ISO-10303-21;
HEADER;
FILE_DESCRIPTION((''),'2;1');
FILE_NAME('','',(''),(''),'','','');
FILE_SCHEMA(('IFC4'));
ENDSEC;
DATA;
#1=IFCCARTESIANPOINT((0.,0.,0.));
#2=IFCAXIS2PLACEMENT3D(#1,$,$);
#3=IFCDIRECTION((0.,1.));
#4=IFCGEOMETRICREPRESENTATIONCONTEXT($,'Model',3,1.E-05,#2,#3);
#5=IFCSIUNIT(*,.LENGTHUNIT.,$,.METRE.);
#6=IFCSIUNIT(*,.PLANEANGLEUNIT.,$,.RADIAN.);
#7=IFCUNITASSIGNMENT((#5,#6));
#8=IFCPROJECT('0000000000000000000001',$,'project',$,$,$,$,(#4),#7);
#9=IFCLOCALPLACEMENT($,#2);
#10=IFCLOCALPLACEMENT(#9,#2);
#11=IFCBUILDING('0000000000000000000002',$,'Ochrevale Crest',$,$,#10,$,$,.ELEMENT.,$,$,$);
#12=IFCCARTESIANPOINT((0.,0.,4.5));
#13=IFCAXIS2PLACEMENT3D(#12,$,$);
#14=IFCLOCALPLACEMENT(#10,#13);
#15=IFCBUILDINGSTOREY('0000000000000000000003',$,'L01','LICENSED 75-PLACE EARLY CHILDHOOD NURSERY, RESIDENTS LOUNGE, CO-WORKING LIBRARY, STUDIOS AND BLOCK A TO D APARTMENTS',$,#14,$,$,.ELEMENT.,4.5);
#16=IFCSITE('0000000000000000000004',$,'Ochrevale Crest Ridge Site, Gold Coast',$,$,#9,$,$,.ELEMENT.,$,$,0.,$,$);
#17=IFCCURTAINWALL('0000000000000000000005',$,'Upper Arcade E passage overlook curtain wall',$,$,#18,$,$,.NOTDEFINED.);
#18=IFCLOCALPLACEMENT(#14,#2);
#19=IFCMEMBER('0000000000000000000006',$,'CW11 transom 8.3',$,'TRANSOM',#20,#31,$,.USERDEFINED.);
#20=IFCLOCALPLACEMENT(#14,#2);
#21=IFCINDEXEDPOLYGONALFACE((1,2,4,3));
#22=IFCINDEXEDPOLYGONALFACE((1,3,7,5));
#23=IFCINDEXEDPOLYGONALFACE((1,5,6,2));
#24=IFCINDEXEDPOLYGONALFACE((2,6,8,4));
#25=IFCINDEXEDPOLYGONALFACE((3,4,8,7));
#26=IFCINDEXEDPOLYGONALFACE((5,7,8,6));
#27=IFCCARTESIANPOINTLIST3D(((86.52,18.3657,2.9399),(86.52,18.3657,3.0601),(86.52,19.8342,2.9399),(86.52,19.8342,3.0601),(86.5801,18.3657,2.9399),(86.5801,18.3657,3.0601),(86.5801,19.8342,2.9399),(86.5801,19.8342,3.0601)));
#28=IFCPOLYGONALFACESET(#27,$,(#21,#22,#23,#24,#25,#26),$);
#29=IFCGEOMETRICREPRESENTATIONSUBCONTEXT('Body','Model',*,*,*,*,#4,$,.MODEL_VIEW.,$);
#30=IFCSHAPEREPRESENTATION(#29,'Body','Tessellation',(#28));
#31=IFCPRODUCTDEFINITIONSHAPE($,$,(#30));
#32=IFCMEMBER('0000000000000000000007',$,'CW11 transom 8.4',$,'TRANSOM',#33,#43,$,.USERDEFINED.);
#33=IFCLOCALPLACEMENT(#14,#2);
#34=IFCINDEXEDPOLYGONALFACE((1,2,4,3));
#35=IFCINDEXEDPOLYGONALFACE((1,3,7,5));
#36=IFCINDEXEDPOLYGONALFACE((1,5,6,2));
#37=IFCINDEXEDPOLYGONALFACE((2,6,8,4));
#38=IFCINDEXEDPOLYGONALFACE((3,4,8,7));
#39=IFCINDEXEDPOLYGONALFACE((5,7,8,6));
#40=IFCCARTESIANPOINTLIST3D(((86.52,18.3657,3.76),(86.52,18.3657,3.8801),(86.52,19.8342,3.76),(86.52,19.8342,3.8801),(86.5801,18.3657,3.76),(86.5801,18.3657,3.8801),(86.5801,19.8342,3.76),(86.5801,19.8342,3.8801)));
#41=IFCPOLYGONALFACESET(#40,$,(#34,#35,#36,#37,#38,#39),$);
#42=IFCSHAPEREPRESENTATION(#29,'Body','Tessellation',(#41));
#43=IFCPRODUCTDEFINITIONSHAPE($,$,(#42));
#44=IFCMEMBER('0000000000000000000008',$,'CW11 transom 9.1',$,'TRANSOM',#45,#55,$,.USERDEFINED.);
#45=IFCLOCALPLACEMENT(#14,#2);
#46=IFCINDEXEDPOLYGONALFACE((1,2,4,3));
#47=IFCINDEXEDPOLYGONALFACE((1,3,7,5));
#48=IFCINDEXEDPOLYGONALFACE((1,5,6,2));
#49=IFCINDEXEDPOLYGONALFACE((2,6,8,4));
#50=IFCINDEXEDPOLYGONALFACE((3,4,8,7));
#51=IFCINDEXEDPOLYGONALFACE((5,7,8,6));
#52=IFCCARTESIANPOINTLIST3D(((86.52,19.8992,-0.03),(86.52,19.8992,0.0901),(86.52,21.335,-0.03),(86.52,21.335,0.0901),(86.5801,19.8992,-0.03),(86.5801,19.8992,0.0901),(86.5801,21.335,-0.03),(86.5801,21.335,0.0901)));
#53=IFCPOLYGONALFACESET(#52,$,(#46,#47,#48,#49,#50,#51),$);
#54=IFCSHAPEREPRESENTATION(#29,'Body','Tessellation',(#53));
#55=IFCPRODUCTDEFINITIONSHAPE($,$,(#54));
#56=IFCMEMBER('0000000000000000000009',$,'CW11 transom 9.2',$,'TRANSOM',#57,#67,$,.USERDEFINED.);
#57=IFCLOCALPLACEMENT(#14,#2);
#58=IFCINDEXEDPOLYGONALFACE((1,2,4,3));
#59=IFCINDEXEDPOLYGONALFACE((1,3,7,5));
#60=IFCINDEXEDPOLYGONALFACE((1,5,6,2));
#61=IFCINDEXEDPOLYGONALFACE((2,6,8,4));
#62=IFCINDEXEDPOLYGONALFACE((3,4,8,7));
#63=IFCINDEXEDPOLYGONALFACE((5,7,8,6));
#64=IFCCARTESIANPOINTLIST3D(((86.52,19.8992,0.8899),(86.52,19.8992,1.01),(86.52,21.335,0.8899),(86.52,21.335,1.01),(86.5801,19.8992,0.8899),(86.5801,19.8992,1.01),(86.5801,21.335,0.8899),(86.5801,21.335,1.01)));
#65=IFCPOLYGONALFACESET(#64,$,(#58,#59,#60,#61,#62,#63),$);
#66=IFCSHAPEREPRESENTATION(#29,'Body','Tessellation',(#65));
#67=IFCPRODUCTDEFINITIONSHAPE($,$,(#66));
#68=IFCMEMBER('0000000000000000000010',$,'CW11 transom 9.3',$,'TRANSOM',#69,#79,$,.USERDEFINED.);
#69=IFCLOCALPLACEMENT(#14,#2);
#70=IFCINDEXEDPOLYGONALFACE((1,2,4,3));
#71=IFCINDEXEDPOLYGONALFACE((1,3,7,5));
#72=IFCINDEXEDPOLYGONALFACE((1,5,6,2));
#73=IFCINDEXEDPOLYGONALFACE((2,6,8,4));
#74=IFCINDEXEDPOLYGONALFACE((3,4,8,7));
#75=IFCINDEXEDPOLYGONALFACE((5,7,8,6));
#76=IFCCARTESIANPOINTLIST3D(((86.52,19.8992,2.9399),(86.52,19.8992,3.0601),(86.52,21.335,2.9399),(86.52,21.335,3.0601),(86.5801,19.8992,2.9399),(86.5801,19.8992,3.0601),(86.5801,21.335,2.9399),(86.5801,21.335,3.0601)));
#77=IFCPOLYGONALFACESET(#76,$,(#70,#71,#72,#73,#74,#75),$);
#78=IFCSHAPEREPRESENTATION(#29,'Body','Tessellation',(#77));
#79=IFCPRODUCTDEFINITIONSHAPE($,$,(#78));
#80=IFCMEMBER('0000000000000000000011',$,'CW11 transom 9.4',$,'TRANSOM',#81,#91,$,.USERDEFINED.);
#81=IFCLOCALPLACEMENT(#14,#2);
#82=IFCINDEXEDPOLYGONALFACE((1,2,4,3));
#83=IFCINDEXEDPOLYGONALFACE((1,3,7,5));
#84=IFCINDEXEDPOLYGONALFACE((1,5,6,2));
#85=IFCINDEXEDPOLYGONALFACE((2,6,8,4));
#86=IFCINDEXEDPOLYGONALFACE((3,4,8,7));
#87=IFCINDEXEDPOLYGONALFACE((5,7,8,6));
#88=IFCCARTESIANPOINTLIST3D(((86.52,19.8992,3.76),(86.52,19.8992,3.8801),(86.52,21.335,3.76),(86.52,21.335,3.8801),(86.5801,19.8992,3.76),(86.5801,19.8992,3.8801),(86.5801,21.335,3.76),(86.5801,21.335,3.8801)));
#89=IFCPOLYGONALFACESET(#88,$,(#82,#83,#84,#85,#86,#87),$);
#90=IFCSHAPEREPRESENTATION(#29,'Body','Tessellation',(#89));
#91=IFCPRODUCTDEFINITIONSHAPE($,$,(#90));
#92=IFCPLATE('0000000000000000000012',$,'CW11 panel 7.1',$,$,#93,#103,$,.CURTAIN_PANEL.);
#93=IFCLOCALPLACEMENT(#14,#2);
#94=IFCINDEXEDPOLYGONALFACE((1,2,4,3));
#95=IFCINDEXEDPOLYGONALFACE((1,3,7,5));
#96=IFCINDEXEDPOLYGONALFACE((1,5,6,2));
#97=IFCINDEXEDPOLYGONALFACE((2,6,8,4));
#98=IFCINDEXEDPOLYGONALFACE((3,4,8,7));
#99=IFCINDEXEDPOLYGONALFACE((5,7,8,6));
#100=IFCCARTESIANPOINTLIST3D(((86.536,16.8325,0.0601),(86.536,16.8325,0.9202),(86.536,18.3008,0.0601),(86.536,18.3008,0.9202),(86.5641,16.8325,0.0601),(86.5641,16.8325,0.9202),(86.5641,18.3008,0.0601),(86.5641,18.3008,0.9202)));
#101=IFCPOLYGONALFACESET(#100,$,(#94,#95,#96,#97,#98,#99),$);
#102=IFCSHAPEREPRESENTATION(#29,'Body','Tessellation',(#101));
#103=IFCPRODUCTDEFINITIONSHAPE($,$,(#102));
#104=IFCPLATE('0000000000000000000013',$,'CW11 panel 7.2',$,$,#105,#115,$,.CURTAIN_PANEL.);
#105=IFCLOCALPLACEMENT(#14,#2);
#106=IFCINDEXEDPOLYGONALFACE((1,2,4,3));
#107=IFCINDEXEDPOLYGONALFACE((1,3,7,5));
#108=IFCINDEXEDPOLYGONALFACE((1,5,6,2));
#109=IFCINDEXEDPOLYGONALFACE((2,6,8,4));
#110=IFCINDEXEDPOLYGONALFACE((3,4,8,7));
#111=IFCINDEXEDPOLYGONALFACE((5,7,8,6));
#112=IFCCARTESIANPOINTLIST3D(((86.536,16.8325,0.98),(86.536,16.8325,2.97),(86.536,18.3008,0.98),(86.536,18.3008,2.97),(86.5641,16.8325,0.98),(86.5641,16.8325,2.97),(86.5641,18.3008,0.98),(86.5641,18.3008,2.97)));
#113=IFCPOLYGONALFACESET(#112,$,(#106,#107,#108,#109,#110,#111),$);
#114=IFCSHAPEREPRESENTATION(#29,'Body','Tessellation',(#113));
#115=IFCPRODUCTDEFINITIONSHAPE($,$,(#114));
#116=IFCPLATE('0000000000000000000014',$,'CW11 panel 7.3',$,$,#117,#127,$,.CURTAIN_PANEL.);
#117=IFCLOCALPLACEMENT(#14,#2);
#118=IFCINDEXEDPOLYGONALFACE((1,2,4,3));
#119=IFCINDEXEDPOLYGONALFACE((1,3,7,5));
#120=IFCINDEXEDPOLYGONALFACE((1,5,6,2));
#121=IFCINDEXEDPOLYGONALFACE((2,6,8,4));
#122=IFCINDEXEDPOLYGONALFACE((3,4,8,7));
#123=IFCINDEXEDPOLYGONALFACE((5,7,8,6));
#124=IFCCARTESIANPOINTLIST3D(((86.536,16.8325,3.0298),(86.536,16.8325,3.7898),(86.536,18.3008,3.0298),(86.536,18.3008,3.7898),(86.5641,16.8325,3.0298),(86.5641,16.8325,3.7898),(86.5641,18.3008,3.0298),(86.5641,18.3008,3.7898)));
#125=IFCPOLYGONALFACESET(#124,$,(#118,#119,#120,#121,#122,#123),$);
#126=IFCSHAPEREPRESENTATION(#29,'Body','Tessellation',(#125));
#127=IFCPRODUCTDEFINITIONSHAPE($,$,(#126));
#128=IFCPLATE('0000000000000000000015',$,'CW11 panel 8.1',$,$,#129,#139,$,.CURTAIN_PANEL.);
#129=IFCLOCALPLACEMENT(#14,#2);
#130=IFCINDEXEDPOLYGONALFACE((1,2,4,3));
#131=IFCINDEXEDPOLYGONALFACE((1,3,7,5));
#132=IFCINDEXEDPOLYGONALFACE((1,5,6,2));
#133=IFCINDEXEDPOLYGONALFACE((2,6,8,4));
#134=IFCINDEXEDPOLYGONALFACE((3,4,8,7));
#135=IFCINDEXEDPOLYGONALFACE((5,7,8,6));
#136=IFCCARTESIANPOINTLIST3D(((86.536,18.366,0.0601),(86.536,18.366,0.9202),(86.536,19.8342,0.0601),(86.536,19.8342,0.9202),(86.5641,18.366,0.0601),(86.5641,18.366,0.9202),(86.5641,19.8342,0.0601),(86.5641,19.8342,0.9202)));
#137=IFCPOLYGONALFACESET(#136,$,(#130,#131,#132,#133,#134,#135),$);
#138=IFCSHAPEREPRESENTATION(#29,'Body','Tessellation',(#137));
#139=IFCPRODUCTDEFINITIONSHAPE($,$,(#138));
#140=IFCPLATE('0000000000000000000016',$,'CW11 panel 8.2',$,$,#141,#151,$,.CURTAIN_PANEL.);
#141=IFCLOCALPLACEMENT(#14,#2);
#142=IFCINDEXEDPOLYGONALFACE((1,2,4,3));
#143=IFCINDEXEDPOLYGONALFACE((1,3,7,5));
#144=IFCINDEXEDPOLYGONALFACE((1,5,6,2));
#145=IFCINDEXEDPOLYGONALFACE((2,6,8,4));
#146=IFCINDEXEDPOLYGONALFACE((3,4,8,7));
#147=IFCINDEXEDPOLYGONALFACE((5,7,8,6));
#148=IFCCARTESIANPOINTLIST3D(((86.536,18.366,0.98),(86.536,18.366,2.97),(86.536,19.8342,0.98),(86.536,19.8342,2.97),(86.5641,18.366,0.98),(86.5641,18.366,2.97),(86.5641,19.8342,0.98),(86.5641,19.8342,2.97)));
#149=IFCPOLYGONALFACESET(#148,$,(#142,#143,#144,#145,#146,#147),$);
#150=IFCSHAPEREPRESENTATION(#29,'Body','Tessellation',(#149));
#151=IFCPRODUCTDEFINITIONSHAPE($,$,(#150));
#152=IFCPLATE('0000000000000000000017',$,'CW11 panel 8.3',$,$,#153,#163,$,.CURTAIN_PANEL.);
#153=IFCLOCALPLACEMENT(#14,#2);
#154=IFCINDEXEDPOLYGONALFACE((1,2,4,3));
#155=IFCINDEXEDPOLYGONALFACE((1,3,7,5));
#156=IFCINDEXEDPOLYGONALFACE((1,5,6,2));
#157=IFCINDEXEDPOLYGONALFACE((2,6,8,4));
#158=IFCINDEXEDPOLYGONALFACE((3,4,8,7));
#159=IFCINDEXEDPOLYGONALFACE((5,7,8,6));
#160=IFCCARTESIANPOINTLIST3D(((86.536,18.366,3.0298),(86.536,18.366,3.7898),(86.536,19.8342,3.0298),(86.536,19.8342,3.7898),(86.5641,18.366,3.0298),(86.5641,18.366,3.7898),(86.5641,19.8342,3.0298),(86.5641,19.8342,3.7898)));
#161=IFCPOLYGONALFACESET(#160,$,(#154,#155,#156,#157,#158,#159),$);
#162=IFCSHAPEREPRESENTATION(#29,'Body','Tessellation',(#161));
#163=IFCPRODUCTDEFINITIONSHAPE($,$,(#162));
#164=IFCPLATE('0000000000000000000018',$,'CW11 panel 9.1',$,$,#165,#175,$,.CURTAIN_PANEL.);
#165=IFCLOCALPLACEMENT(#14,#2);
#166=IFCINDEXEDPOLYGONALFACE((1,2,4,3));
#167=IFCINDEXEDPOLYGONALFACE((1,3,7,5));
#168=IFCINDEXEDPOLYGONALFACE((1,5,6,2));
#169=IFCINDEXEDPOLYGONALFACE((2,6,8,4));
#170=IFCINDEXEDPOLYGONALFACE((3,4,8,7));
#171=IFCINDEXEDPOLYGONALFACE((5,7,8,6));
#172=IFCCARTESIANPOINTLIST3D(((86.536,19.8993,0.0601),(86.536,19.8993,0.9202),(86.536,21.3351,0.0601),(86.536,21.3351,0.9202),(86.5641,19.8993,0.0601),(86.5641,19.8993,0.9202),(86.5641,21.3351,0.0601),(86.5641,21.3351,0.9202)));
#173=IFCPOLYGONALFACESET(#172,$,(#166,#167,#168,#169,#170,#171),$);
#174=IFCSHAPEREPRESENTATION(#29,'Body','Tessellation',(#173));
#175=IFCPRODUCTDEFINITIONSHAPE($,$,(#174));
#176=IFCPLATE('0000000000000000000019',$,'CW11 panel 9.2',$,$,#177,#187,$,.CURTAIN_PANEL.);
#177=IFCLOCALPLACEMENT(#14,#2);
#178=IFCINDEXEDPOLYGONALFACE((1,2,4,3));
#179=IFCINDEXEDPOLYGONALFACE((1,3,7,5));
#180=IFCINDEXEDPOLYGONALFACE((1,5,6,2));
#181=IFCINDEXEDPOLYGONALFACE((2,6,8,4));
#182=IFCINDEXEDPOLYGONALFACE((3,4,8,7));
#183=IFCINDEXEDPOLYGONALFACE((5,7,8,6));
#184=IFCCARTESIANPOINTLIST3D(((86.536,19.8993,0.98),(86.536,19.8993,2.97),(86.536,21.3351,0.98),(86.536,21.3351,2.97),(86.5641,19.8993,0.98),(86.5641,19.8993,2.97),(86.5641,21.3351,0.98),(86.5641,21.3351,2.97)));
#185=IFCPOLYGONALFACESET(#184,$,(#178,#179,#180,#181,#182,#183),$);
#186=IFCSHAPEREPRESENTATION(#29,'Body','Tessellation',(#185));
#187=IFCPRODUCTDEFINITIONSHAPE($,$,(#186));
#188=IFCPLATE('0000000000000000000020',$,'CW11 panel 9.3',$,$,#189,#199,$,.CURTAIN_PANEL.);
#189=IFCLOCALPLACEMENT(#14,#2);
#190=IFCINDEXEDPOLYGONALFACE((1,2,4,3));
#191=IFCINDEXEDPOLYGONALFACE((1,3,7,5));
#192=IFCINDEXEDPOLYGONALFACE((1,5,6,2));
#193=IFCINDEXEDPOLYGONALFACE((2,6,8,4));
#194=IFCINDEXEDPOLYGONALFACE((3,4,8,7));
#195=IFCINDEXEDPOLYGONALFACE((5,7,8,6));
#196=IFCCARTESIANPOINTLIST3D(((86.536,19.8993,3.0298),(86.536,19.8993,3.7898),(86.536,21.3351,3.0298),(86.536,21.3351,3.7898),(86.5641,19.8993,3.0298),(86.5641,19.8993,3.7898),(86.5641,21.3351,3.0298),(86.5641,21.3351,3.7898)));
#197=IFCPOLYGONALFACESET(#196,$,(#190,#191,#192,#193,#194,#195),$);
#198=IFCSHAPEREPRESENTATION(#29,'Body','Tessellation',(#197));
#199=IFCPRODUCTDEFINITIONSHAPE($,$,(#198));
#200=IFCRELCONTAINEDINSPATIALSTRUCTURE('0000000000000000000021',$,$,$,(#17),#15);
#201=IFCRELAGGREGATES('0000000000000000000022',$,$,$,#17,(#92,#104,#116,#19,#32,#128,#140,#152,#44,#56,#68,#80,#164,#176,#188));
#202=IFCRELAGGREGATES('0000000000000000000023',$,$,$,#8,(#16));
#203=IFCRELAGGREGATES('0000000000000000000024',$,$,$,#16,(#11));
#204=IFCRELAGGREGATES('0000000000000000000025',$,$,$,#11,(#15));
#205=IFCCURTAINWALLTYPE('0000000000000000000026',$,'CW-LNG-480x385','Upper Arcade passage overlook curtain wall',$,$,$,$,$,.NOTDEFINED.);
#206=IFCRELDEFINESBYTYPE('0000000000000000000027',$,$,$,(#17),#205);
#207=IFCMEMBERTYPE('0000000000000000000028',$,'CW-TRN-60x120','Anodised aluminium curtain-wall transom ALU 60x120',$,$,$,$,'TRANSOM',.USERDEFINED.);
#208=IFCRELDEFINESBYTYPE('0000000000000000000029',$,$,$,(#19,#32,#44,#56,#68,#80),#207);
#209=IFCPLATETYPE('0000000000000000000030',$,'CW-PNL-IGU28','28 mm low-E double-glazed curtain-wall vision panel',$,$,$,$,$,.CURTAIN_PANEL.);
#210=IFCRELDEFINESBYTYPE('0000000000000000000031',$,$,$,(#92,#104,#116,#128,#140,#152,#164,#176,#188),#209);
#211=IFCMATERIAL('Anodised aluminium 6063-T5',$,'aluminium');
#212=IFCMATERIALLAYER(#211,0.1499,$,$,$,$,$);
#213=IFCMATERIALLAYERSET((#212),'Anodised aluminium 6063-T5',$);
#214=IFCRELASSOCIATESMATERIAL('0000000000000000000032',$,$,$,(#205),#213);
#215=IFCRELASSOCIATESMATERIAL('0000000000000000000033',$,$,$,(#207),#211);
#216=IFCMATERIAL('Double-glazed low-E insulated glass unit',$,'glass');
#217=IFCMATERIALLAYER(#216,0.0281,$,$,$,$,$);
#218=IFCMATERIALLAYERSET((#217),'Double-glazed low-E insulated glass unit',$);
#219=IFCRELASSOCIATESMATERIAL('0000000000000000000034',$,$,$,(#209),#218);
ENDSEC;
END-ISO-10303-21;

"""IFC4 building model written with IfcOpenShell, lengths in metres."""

from ifc_helpers import new_model, si_unit, direction, frame, origin, origin_2d, place, context, subcontext, project, spatial, rectangle, extrude, material, layer, layer_set, material_profile, profile_set, type_object, element, aggregate, save


model = new_model("IFC4")

# Units and contexts
model_context = context("Model", 3, precision=1e-05, world=origin(), true_north=direction((0.0, 1.0)))
body_context = subcontext(model_context, "Body", "Model", "MODEL_VIEW")
ifc_project = project(units=[si_unit("LENGTHUNIT", "METRE"), si_unit("PLANEANGLEUNIT", "RADIAN")], contexts=[model_context])

# Site, building, storey
site_placement = place(None, origin())
site = spatial("IfcSite", under=ifc_project, at=site_placement, Name="Ochrevale Crest Ridge Site, Gold Coast", CompositionType="ELEMENT", RefElevation=0.0)
building_placement = place(site_placement, origin())
building = spatial("IfcBuilding", under=site, at=building_placement, Name="Ochrevale Crest", CompositionType="ELEMENT")
storey_placement = place(building_placement, frame((0.0, 0.0, 4.5)))
storey = spatial("IfcBuildingStorey", under=building, at=storey_placement, Name="L01", Description="LICENSED 75-PLACE EARLY CHILDHOOD NURSERY, RESIDENTS LOUNGE, CO-WORKING LIBRARY, STUDIOS AND BLOCK A TO D APARTMENTS", CompositionType="ELEMENT", Elevation=4.5)

# Curtain wall, members, plates
ifc_material_1 = material(Name="Anodised aluminium 6063-T5", Category="aluminium")
ifc_layer_1 = layer(ifc_material_1, 0.1499)
ifc_layer_set_1 = layer_set([ifc_layer_1], Name="Anodised aluminium 6063-T5")
curtain_wall_type = type_object("IfcCurtainWallType", Name="CW-LNG-480x385", Description="Upper Arcade passage overlook curtain wall", PredefinedType="NOTDEFINED", material=ifc_layer_set_1)
curtain_wall_placement = place(storey_placement, origin())
curtain_wall = element("IfcCurtainWall", 1, at=curtain_wall_placement, inside=storey, type_object=curtain_wall_type, Name="Upper Arcade E passage overlook curtain wall", PredefinedType="NOTDEFINED")
ifc_material_profile_1 = material_profile(ifc_material_1, rectangle(XDim=0.0601, YDim=0.1201, at=origin_2d()), Name="ALU 60x120")
ifc_profile_set_1 = profile_set([ifc_material_profile_1], Name="Anodised aluminium 6063-T5")
member_type_1 = type_object("IfcMemberType", Name="CW-TRN-60x120", Description="Anodised aluminium curtain-wall transom ALU 60x120", ElementType="TRANSOM", PredefinedType="USERDEFINED", material=ifc_profile_set_1)
member_1_placement = place(storey_placement, frame((86.55, 18.3657, 3.0), z_axis=(0.0, 1.0, 0.0), x_axis=(-1.0, 0.0, 0.0)))
member_1 = element("IfcMember", 2, at=member_1_placement, type_object=member_type_1, Name="CW11 transom 8.3", ObjectType="TRANSOM", PredefinedType="USERDEFINED", context=body_context, shape_type="SweptSolid", body=[
    extrude(rectangle(XDim=0.0601, YDim=0.1201, at=origin_2d()), origin(), (0.0, 0.0, 1.0), 1.4685),
])
member_2_placement = place(storey_placement, frame((86.55, 18.3657, 3.8201), z_axis=(0.0, 1.0, 0.0), x_axis=(-1.0, 0.0, 0.0)))
member_2 = element("IfcMember", 3, at=member_2_placement, type_object=member_type_1, Name="CW11 transom 8.4", ObjectType="TRANSOM", PredefinedType="USERDEFINED", context=body_context, shape_type="SweptSolid", body=[
    extrude(rectangle(XDim=0.0601, YDim=0.1201, at=origin_2d()), origin(), (0.0, 0.0, 1.0), 1.4685),
])
member_3_placement = place(storey_placement, frame((86.55, 19.8992, 0.03), z_axis=(0.0, 1.0, 0.0), x_axis=(-1.0, 0.0, 0.0)))
member_3 = element("IfcMember", 4, at=member_3_placement, type_object=member_type_1, Name="CW11 transom 9.1", ObjectType="TRANSOM", PredefinedType="USERDEFINED", context=body_context, shape_type="SweptSolid", body=[
    extrude(rectangle(XDim=0.0601, YDim=0.1201, at=origin_2d()), origin(), (0.0, 0.0, 1.0), 1.4358),
])
member_4_placement = place(storey_placement, frame((86.55, 19.8992, 0.95), z_axis=(0.0, 1.0, 0.0), x_axis=(-1.0, 0.0, 0.0)))
member_4 = element("IfcMember", 5, at=member_4_placement, type_object=member_type_1, Name="CW11 transom 9.2", ObjectType="TRANSOM", PredefinedType="USERDEFINED", context=body_context, shape_type="SweptSolid", body=[
    extrude(rectangle(XDim=0.0601, YDim=0.1201, at=origin_2d()), origin(), (0.0, 0.0, 1.0), 1.4358),
])
member_5_placement = place(storey_placement, frame((86.55, 19.8992, 3.0), z_axis=(0.0, 1.0, 0.0), x_axis=(-1.0, 0.0, 0.0)))
member_5 = element("IfcMember", 6, at=member_5_placement, type_object=member_type_1, Name="CW11 transom 9.3", ObjectType="TRANSOM", PredefinedType="USERDEFINED", context=body_context, shape_type="SweptSolid", body=[
    extrude(rectangle(XDim=0.0601, YDim=0.1201, at=origin_2d()), origin(), (0.0, 0.0, 1.0), 1.4358),
])
member_6_placement = place(storey_placement, frame((86.55, 19.8992, 3.8201), z_axis=(0.0, 1.0, 0.0), x_axis=(-1.0, 0.0, 0.0)))
member_6 = element("IfcMember", 7, at=member_6_placement, type_object=member_type_1, Name="CW11 transom 9.4", ObjectType="TRANSOM", PredefinedType="USERDEFINED", context=body_context, shape_type="SweptSolid", body=[
    extrude(rectangle(XDim=0.0601, YDim=0.1201, at=origin_2d()), origin(), (0.0, 0.0, 1.0), 1.4358),
])
ifc_material_2 = material(Name="Double-glazed low-E insulated glass unit", Category="glass")
ifc_layer_2 = layer(ifc_material_2, 0.0281)
ifc_layer_set_2 = layer_set([ifc_layer_2], Name="Double-glazed low-E insulated glass unit")
plate_type = type_object("IfcPlateType", Name="CW-PNL-IGU28", Description="28 mm low-E double-glazed curtain-wall vision panel", PredefinedType="CURTAIN_PANEL", material=ifc_layer_set_2)
plate_1_placement = place(storey_placement, frame((86.55, 17.5667, 0.0601), z_axis=(0.0, 0.0, 1.0), x_axis=(0.0, 1.0, 0.0)))
plate_1 = element("IfcPlate", 8, at=plate_1_placement, type_object=plate_type, Name="CW11 panel 7.1", PredefinedType="CURTAIN_PANEL", context=body_context, shape_type="SweptSolid", body=[
    extrude(rectangle(XDim=1.4683, YDim=0.0281, at=origin_2d()), origin(), (0.0, 0.0, 1.0), 0.8601),
])
plate_2_placement = place(storey_placement, frame((86.55, 17.5667, 0.98), z_axis=(0.0, 0.0, 1.0), x_axis=(0.0, 1.0, 0.0)))
plate_2 = element("IfcPlate", 9, at=plate_2_placement, type_object=plate_type, Name="CW11 panel 7.2", PredefinedType="CURTAIN_PANEL", context=body_context, shape_type="SweptSolid", body=[
    extrude(rectangle(XDim=1.4683, YDim=0.0281, at=origin_2d()), origin(), (0.0, 0.0, 1.0), 1.99),
])
plate_3_placement = place(storey_placement, frame((86.55, 17.5667, 3.0298), z_axis=(0.0, 0.0, 1.0), x_axis=(0.0, 1.0, 0.0)))
plate_3 = element("IfcPlate", 10, at=plate_3_placement, type_object=plate_type, Name="CW11 panel 7.3", PredefinedType="CURTAIN_PANEL", context=body_context, shape_type="SweptSolid", body=[
    extrude(rectangle(XDim=1.4683, YDim=0.0281, at=origin_2d()), origin(), (0.0, 0.0, 1.0), 0.76),
])
plate_4_placement = place(storey_placement, frame((86.55, 19.1001, 0.0601), z_axis=(0.0, 0.0, 1.0), x_axis=(0.0, 1.0, 0.0)))
plate_4 = element("IfcPlate", 11, at=plate_4_placement, type_object=plate_type, Name="CW11 panel 8.1", PredefinedType="CURTAIN_PANEL", context=body_context, shape_type="SweptSolid", body=[
    extrude(rectangle(XDim=1.4683, YDim=0.0281, at=origin_2d()), origin(), (0.0, 0.0, 1.0), 0.8601),
])
plate_5_placement = place(storey_placement, frame((86.55, 19.1001, 0.98), z_axis=(0.0, 0.0, 1.0), x_axis=(0.0, 1.0, 0.0)))
plate_5 = element("IfcPlate", 12, at=plate_5_placement, type_object=plate_type, Name="CW11 panel 8.2", PredefinedType="CURTAIN_PANEL", context=body_context, shape_type="SweptSolid", body=[
    extrude(rectangle(XDim=1.4683, YDim=0.0281, at=origin_2d()), origin(), (0.0, 0.0, 1.0), 1.99),
])
plate_6_placement = place(storey_placement, frame((86.55, 19.1001, 3.0298), z_axis=(0.0, 0.0, 1.0), x_axis=(0.0, 1.0, 0.0)))
plate_6 = element("IfcPlate", 13, at=plate_6_placement, type_object=plate_type, Name="CW11 panel 8.3", PredefinedType="CURTAIN_PANEL", context=body_context, shape_type="SweptSolid", body=[
    extrude(rectangle(XDim=1.4683, YDim=0.0281, at=origin_2d()), origin(), (0.0, 0.0, 1.0), 0.76),
])
plate_7_placement = place(storey_placement, frame((86.55, 20.6172, 0.0601), z_axis=(0.0, 0.0, 1.0), x_axis=(0.0, 1.0, 0.0)))
plate_7 = element("IfcPlate", 14, at=plate_7_placement, type_object=plate_type, Name="CW11 panel 9.1", PredefinedType="CURTAIN_PANEL", context=body_context, shape_type="SweptSolid", body=[
    extrude(rectangle(XDim=1.4358, YDim=0.0281, at=origin_2d()), origin(), (0.0, 0.0, 1.0), 0.8601),
])
plate_8_placement = place(storey_placement, frame((86.55, 20.6172, 0.98), z_axis=(0.0, 0.0, 1.0), x_axis=(0.0, 1.0, 0.0)))
plate_8 = element("IfcPlate", 15, at=plate_8_placement, type_object=plate_type, Name="CW11 panel 9.2", PredefinedType="CURTAIN_PANEL", context=body_context, shape_type="SweptSolid", body=[
    extrude(rectangle(XDim=1.4358, YDim=0.0281, at=origin_2d()), origin(), (0.0, 0.0, 1.0), 1.99),
])
plate_9_placement = place(storey_placement, frame((86.55, 20.6172, 3.0298), z_axis=(0.0, 0.0, 1.0), x_axis=(0.0, 1.0, 0.0)))
plate_9 = element("IfcPlate", 16, at=plate_9_placement, type_object=plate_type, Name="CW11 panel 9.3", PredefinedType="CURTAIN_PANEL", context=body_context, shape_type="SweptSolid", body=[
    extrude(rectangle(XDim=1.4358, YDim=0.0281, at=origin_2d()), origin(), (0.0, 0.0, 1.0), 0.76),
])
aggregate(curtain_wall, [plate_1, plate_2, plate_3, member_1, member_2, plate_4, plate_5, plate_6, member_3, member_4, member_5, member_6, plate_7, plate_8, plate_9])

save(model, "model.ifc")
